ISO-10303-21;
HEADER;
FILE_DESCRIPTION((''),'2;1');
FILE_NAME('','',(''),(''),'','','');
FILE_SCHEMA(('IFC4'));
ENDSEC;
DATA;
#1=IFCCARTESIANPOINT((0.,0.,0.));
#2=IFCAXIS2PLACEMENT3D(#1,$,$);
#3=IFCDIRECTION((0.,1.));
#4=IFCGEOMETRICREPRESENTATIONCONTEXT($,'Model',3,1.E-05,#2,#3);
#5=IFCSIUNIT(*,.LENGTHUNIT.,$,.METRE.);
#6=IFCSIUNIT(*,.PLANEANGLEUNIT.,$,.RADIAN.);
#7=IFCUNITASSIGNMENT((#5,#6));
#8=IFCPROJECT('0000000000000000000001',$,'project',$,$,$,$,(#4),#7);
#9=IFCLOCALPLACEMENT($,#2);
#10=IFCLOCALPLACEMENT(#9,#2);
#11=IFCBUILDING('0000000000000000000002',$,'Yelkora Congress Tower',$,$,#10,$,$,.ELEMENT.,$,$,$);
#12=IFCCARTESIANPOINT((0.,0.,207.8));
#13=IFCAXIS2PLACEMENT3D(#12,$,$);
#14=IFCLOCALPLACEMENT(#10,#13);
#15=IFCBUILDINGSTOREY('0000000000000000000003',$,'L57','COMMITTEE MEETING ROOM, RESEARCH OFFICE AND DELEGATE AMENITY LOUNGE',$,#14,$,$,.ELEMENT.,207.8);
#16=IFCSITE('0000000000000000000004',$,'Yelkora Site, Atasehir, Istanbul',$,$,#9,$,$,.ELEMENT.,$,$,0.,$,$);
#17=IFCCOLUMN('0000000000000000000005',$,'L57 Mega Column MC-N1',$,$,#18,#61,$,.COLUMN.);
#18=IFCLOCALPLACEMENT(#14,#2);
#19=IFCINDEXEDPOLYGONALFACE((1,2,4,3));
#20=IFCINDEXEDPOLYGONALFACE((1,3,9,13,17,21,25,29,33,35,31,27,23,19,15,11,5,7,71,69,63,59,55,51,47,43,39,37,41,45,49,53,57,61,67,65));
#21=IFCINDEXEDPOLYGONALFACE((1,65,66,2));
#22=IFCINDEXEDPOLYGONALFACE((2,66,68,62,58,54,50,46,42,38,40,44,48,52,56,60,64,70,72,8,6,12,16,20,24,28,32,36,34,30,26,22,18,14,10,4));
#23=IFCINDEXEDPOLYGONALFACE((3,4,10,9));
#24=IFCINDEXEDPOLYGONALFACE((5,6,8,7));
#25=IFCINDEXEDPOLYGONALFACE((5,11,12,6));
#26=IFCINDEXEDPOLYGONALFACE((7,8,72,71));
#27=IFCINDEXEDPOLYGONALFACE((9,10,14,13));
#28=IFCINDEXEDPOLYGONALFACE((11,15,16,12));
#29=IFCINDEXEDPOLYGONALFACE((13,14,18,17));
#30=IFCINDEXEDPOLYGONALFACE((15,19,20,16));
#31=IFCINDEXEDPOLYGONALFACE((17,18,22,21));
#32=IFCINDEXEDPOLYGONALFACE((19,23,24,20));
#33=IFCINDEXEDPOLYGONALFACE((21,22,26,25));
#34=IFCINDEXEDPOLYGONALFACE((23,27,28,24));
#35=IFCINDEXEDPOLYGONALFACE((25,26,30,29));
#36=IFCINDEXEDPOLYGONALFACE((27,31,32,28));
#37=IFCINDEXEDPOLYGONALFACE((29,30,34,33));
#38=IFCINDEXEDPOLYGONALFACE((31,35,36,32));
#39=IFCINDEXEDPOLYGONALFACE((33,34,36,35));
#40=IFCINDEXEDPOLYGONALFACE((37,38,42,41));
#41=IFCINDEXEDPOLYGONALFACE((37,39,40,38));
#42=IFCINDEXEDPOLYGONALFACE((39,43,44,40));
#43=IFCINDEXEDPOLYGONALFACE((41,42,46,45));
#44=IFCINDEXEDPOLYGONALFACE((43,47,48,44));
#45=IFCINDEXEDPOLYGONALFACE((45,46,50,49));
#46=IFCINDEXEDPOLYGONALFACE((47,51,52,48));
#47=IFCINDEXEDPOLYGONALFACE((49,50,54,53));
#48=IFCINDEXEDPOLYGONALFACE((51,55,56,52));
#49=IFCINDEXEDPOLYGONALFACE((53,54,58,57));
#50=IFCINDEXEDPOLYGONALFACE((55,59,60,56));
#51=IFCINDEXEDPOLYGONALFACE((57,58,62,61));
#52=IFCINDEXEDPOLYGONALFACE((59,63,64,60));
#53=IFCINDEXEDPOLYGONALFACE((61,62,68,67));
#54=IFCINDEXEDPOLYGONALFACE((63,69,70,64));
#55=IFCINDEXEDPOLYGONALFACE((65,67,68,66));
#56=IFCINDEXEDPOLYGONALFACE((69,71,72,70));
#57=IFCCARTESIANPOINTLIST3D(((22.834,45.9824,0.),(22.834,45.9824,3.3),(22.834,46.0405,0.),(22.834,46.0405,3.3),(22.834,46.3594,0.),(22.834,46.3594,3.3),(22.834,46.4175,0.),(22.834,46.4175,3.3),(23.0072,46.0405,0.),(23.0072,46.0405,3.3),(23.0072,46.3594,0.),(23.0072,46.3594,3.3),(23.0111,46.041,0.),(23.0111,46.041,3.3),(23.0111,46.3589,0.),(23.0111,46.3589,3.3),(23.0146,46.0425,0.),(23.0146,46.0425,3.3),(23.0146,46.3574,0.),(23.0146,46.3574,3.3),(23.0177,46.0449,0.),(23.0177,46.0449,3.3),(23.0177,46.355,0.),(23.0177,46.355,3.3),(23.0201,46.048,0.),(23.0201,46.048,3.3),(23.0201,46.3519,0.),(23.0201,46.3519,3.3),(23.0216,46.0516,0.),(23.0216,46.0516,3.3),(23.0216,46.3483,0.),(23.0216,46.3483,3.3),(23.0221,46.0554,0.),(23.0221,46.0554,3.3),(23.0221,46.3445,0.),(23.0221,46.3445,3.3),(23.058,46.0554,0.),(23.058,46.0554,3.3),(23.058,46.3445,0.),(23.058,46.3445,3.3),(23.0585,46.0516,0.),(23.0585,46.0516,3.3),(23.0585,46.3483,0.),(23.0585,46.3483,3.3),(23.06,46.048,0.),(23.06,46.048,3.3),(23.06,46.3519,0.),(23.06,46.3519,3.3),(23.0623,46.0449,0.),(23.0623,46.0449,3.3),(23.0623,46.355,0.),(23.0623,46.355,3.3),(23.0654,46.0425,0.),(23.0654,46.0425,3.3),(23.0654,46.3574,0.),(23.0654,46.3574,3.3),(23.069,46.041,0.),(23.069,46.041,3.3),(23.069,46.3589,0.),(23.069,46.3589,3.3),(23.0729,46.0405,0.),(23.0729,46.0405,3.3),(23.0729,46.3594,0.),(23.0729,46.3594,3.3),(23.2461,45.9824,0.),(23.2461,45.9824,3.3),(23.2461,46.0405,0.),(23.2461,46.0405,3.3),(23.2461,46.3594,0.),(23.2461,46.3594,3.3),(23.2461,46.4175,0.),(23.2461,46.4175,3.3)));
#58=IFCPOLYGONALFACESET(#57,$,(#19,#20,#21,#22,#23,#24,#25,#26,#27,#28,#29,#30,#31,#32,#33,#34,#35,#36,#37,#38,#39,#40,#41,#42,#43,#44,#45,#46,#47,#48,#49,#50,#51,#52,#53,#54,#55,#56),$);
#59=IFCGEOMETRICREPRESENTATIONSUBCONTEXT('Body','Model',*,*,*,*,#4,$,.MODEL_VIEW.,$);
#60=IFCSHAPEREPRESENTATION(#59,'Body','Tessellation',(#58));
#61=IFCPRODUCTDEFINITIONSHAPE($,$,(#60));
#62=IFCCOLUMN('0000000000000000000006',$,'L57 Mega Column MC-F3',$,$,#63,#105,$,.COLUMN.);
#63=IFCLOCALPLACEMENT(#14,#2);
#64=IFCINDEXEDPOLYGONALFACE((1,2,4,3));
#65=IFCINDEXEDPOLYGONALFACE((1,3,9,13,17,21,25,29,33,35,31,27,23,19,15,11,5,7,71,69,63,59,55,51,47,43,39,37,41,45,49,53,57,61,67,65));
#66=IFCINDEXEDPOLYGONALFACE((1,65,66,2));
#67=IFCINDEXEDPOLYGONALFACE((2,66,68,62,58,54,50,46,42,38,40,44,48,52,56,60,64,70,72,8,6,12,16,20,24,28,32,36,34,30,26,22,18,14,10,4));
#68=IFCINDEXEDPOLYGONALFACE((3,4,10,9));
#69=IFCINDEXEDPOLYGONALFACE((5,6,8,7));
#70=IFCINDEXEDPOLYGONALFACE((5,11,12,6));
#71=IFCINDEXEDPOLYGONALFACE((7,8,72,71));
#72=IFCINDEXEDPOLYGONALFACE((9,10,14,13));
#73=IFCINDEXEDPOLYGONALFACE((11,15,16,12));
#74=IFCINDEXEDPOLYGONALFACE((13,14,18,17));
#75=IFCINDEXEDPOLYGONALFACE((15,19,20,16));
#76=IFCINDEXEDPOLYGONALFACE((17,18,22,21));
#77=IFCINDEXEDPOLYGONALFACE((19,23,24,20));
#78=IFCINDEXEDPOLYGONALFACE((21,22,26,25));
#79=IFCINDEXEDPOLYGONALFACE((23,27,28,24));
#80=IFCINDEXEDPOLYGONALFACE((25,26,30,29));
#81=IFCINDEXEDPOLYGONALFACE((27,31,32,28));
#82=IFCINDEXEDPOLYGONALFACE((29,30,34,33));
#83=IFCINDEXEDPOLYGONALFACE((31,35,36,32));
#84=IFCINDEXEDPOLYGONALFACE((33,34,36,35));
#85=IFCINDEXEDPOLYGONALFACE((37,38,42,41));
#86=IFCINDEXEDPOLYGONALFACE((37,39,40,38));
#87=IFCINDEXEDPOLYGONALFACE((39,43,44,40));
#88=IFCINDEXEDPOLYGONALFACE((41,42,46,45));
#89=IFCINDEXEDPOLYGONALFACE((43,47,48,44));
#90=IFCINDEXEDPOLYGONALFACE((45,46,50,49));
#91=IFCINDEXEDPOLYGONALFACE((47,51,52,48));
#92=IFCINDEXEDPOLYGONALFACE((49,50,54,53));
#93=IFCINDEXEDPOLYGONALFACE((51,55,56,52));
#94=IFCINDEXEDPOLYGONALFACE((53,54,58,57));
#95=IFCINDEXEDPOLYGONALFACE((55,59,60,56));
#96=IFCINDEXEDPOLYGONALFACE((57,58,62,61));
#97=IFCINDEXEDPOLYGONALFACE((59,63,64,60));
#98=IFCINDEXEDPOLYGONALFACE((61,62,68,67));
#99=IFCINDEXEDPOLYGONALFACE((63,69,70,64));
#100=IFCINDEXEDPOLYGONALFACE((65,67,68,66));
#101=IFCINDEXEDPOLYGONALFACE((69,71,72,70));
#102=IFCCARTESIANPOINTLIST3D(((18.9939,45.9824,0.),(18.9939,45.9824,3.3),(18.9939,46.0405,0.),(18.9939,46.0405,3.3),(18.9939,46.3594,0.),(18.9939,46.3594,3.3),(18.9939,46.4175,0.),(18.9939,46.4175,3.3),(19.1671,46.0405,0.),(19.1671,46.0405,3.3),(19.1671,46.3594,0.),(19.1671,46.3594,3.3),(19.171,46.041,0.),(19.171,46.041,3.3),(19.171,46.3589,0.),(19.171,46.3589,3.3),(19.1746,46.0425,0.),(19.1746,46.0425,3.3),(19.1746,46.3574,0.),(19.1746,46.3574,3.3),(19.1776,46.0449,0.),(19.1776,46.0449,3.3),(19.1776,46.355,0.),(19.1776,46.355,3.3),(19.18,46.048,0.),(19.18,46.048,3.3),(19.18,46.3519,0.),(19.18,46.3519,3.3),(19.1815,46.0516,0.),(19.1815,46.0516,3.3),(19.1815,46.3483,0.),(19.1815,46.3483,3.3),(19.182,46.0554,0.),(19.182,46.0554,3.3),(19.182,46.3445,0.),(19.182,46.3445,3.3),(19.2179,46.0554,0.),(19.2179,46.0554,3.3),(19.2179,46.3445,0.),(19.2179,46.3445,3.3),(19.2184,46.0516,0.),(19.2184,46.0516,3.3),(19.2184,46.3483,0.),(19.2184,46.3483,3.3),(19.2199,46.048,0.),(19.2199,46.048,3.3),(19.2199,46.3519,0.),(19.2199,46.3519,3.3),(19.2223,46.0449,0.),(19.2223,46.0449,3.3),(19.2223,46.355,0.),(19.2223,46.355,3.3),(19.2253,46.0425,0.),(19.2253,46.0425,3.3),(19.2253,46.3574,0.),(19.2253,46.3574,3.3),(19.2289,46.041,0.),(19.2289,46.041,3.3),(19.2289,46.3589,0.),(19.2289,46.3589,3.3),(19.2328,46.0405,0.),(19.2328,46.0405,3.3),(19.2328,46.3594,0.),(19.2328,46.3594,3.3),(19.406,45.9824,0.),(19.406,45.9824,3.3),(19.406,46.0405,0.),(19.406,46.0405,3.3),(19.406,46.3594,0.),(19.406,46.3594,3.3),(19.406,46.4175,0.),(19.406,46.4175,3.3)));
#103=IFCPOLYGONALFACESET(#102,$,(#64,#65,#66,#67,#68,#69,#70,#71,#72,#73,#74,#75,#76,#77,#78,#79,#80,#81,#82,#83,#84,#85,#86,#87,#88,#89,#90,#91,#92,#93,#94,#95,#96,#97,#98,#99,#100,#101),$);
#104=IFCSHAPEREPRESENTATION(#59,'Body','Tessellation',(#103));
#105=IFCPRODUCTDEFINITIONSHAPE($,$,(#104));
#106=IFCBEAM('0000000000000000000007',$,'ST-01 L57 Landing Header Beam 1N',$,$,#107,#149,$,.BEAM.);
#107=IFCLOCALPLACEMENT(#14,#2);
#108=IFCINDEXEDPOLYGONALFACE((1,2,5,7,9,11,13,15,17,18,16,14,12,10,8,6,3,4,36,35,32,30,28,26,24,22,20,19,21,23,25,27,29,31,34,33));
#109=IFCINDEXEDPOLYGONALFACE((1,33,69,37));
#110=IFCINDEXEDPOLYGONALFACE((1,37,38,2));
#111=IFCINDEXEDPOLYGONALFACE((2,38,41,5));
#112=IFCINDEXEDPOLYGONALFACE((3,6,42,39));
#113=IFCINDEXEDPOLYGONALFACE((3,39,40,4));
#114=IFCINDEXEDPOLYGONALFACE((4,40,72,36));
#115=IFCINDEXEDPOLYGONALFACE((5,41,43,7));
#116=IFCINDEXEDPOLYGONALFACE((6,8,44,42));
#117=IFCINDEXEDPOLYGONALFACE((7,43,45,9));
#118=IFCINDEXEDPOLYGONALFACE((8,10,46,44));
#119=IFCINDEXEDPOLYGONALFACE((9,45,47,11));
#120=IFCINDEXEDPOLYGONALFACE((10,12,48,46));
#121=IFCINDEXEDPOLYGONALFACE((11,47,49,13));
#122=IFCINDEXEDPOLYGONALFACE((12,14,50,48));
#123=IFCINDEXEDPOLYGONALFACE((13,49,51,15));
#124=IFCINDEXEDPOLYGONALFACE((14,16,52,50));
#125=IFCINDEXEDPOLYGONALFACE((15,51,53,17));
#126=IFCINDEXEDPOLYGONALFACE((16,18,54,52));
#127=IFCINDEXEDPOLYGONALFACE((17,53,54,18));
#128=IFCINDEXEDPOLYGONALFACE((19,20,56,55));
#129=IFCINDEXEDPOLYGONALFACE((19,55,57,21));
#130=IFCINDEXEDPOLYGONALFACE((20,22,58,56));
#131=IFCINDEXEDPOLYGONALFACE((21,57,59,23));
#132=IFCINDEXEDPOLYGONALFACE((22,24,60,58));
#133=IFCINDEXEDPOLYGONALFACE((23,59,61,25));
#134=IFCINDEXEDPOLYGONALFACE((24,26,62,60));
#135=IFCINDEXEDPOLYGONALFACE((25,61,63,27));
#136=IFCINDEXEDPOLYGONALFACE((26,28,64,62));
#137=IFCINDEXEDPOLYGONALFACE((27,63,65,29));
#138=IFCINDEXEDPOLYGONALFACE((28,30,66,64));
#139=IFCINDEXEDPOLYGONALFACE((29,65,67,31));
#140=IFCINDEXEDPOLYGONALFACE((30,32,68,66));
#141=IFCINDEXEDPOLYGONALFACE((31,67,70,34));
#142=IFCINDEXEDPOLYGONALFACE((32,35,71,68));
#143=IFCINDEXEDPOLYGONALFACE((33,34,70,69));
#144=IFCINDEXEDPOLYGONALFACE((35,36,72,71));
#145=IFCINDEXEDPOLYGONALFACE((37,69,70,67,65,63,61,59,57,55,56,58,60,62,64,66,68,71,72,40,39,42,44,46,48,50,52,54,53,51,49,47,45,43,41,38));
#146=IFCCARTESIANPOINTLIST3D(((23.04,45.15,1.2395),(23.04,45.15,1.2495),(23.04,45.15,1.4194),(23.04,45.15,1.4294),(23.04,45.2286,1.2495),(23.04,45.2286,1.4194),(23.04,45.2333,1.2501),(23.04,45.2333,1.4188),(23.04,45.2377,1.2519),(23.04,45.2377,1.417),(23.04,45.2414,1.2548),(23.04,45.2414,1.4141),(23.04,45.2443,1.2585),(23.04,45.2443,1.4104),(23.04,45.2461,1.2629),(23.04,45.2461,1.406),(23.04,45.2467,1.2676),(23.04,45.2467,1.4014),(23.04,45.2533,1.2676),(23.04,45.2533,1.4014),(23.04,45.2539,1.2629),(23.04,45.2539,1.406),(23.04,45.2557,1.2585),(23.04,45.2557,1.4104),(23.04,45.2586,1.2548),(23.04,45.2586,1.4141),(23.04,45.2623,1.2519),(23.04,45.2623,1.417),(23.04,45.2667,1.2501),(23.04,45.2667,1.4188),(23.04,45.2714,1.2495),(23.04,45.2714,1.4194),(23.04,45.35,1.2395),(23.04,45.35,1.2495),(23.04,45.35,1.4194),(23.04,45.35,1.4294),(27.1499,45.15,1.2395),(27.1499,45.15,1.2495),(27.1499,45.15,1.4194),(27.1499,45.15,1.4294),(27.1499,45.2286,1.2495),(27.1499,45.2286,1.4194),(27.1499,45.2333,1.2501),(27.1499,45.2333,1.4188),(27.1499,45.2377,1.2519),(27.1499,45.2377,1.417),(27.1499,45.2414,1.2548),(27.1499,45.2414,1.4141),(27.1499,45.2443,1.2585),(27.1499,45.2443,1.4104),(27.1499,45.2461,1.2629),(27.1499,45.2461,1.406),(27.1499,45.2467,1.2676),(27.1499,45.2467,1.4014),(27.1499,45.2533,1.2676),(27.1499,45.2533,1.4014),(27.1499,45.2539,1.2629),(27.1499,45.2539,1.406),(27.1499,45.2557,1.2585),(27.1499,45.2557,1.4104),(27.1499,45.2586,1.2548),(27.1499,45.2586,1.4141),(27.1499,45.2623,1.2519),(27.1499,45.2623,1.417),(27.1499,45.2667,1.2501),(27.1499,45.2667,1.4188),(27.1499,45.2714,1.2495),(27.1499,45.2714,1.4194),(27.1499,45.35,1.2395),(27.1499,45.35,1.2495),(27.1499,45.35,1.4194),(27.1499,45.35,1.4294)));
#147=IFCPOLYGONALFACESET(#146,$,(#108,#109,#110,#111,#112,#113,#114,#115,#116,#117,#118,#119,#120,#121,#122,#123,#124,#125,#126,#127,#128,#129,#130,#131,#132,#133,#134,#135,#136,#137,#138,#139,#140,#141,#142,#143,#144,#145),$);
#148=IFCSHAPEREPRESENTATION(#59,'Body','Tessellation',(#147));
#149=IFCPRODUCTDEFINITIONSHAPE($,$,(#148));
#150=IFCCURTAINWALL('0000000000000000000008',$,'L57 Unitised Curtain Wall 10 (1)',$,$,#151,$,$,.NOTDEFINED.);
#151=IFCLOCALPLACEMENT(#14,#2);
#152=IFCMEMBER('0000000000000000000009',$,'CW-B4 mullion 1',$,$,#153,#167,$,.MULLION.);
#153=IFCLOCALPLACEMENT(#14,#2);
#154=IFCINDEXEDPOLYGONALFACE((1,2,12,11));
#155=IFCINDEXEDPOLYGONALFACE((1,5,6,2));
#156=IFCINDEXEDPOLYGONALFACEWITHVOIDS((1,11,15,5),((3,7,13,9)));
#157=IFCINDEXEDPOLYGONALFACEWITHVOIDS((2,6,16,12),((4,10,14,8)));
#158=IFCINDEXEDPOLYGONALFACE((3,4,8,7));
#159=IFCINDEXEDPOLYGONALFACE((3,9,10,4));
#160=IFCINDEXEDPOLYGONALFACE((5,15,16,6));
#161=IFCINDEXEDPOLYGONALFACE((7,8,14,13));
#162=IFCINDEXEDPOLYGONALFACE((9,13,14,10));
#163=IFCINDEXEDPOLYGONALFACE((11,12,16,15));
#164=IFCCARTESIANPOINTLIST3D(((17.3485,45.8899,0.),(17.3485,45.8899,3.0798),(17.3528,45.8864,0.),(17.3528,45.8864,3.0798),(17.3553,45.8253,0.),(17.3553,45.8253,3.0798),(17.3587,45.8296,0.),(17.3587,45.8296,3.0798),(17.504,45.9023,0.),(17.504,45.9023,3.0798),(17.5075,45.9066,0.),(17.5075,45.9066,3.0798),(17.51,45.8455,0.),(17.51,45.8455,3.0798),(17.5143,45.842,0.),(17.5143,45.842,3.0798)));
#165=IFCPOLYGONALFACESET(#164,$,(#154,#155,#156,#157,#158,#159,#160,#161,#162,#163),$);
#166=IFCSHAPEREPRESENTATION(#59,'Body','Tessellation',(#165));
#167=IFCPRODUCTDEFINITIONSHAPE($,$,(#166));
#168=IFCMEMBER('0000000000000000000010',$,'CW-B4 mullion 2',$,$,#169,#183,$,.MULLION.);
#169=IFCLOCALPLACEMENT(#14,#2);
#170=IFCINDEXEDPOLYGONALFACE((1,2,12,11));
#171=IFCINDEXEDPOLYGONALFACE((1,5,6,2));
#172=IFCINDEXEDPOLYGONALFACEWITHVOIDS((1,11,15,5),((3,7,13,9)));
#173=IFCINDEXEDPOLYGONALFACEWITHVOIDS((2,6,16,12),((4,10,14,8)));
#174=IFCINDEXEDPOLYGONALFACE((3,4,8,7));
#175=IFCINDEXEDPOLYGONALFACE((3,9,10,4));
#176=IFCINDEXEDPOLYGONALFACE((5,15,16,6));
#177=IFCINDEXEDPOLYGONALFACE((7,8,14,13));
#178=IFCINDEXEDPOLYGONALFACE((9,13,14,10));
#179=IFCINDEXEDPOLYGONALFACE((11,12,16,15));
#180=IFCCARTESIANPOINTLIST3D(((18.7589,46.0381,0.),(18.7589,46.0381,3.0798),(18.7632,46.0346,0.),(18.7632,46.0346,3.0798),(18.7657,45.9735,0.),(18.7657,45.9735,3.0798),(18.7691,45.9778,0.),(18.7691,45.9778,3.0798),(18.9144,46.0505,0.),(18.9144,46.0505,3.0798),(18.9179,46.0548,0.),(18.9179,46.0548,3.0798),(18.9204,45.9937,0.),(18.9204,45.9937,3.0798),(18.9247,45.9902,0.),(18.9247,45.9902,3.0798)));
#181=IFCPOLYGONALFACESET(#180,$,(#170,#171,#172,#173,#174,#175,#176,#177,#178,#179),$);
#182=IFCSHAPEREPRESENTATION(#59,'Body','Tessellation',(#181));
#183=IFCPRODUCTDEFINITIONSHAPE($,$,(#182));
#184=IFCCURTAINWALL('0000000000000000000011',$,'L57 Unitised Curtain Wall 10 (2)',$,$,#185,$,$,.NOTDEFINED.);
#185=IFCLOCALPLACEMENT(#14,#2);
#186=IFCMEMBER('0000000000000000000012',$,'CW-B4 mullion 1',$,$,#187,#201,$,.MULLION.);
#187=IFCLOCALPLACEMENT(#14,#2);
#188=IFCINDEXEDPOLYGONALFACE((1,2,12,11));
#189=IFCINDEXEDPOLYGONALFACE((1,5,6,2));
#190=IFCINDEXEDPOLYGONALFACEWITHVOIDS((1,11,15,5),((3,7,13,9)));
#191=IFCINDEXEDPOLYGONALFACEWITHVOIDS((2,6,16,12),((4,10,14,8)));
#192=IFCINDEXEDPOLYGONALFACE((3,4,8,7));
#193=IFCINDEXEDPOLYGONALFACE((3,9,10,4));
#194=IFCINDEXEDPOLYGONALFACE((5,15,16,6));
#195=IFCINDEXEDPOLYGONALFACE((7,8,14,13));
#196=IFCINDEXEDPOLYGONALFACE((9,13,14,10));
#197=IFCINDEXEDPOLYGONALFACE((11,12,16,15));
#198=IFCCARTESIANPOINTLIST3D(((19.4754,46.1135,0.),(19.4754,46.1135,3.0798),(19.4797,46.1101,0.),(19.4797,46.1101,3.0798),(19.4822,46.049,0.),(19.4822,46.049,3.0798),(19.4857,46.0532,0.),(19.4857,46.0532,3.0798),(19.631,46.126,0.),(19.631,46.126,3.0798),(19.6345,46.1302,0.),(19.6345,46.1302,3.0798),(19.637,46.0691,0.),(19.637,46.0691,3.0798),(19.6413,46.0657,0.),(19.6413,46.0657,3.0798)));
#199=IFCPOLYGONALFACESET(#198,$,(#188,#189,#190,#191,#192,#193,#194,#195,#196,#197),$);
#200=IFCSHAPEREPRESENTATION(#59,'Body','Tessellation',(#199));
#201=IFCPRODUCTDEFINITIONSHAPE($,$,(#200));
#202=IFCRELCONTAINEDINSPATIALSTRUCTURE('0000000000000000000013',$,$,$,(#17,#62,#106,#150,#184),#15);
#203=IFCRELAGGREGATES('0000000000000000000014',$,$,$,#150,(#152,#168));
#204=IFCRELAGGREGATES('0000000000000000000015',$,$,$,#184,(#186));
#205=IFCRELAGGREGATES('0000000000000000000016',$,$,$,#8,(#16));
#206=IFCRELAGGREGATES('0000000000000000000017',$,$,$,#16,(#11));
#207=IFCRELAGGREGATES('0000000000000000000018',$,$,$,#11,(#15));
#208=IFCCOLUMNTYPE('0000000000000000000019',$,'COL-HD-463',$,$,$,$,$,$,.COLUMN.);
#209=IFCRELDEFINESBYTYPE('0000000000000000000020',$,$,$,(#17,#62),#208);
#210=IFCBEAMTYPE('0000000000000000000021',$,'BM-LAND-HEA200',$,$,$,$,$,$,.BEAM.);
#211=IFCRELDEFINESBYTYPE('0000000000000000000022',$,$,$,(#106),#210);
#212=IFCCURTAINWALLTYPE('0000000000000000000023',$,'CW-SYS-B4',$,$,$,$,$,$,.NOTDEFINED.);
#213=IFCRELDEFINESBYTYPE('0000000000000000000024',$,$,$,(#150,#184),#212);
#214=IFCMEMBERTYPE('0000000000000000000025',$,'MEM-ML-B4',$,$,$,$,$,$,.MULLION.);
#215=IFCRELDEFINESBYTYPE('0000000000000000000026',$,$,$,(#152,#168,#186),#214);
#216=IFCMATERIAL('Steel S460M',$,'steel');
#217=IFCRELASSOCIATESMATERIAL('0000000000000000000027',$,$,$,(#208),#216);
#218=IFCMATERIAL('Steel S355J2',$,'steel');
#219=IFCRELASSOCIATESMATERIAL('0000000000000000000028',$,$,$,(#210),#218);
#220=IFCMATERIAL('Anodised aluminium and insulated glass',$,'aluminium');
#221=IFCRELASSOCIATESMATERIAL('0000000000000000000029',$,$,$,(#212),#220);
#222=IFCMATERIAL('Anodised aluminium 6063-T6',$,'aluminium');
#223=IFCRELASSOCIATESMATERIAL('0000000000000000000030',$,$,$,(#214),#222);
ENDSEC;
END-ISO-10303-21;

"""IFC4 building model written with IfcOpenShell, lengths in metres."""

from ifc_helpers import new_model, si_unit, direction, frame, origin, origin_2d, place, context, subcontext, project, spatial, hollow_rectangle, i_section, extrude, material, material_profile, profile_set, type_object, element, aggregate, save


model = new_model("IFC4")

# Units and contexts
model_context = context("Model", 3, precision=1e-05, world=origin(), true_north=direction((0.0, 1.0)))
body_context = subcontext(model_context, "Body", "Model", "MODEL_VIEW")
ifc_project = project(units=[si_unit("LENGTHUNIT", "METRE"), si_unit("PLANEANGLEUNIT", "RADIAN")], contexts=[model_context])

# Site, building, storey
site_placement = place(None, origin())
site = spatial("IfcSite", under=ifc_project, at=site_placement, Name="Yelkora Site, Atasehir, Istanbul", CompositionType="ELEMENT", RefElevation=0.0)
building_placement = place(site_placement, origin())
building = spatial("IfcBuilding", under=site, at=building_placement, Name="Yelkora Congress Tower", CompositionType="ELEMENT")
storey_placement = place(building_placement, frame((0.0, 0.0, 207.8)))
storey = spatial("IfcBuildingStorey", under=building, at=storey_placement, Name="L57", Description="COMMITTEE MEETING ROOM, RESEARCH OFFICE AND DELEGATE AMENITY LOUNGE", CompositionType="ELEMENT", Elevation=207.8)

# Columns
ifc_material_1 = material(Name="Steel S460M", Category="steel")
ifc_material_profile_1 = material_profile(ifc_material_1, i_section(OverallWidth=0.4121, OverallDepth=0.4351, WebThickness=0.0359, FlangeThickness=0.0581, FilletRadius=0.0149, at=origin_2d()), Name="HD 400x463")
ifc_profile_set_1 = profile_set([ifc_material_profile_1], Name="Steel S460M")
column_type = type_object("IfcColumnType", Name="COL-HD-463", PredefinedType="COLUMN", material=ifc_profile_set_1)
for number, where, z_axis, x_axis, name in (
    (1, (23.04, 46.2, 0.0), (0.0, 0.0, 1.0), (1.0, 0.0, 0.0), "L57 Mega Column MC-N1"),
    (2, (19.2, 46.2, 0.0), (0.0, 0.0, 1.0), (1.0, 0.0, 0.0), "L57 Mega Column MC-F3"),
):
    element("IfcColumn", number, at=place(storey_placement, frame(where, z_axis=z_axis, x_axis=x_axis)), inside=storey, type_object=column_type, Name=name, PredefinedType="COLUMN", context=body_context, shape_type="SweptSolid", body=[
        extrude(i_section(OverallWidth=0.4121, OverallDepth=0.4351, WebThickness=0.0359, FlangeThickness=0.0581, FilletRadius=0.0149, at=origin_2d()), origin(), (0.0, 0.0, 1.0), 3.3),
    ])

# Beam
ifc_material_2 = material(Name="Steel S355J2", Category="steel")
ifc_material_profile_2 = material_profile(ifc_material_2, i_section(OverallWidth=0.2, OverallDepth=0.1899, WebThickness=0.0066, FlangeThickness=0.01, FilletRadius=0.0181, at=origin_2d()), Name="HEA 200")
ifc_profile_set_2 = profile_set([ifc_material_profile_2], Name="Steel S355J2")
beam_type = type_object("IfcBeamType", Name="BM-LAND-HEA200", PredefinedType="BEAM", material=ifc_profile_set_2)
beam_placement = place(storey_placement, frame((23.04, 45.25, 1.3345), z_axis=(1.0, 0.0, 0.0), x_axis=(0.0, 1.0, 0.0)))
element("IfcBeam", 3, at=beam_placement, inside=storey, type_object=beam_type, Name="ST-01 L57 Landing Header Beam 1N", PredefinedType="BEAM", context=body_context, shape_type="SweptSolid", body=[
    extrude(i_section(OverallWidth=0.2, OverallDepth=0.1899, WebThickness=0.0066, FlangeThickness=0.01, FilletRadius=0.0181, at=origin_2d()), origin(), (0.0, 0.0, 1.0), 4.1099),
])

# Curtain walls, members
ifc_material_3 = material(Name="Anodised aluminium and insulated glass", Category="aluminium")
curtain_wall_type = type_object("IfcCurtainWallType", Name="CW-SYS-B4", PredefinedType="NOTDEFINED", material=ifc_material_3)
curtain_wall_1_placement = place(storey_placement, origin())
curtain_wall_1 = element("IfcCurtainWall", 4, at=curtain_wall_1_placement, inside=storey, type_object=curtain_wall_type, Name="L57 Unitised Curtain Wall 10 (1)", PredefinedType="NOTDEFINED")
ifc_material_4 = material(Name="Anodised aluminium 6063-T6", Category="aluminium")
ifc_material_profile_3 = material_profile(ifc_material_4, hollow_rectangle(XDim=0.0649, YDim=0.1599, WallThickness=0.0039, at=origin_2d()), Name="ALU 65x160x4")
ifc_profile_set_3 = profile_set([ifc_material_profile_3], Name="Anodised aluminium 6063-T6")
member_type_1 = type_object("IfcMemberType", Name="MEM-ML-B4", PredefinedType="MULLION", material=ifc_profile_set_3)
member_1_placement = place(storey_placement, frame((17.4314, 45.866, 0.0), z_axis=(0.0, 0.0, 1.0), x_axis=(-0.104509, 0.994524, 0.0)))
member_1 = element("IfcMember", 5, at=member_1_placement, type_object=member_type_1, Name="CW-B4 mullion 1", PredefinedType="MULLION", context=body_context, shape_type="SweptSolid", body=[
    extrude(hollow_rectangle(XDim=0.0649, YDim=0.1599, WallThickness=0.0039, at=origin_2d()), origin(), (0.0, 0.0, 1.0), 3.0798),
])
member_2_placement = place(storey_placement, frame((18.8418, 46.0142, 0.0), z_axis=(0.0, 0.0, 1.0), x_axis=(-0.104509, 0.994524, 0.0)))
member_2 = element("IfcMember", 6, at=member_2_placement, type_object=member_type_1, Name="CW-B4 mullion 2", PredefinedType="MULLION", context=body_context, shape_type="SweptSolid", body=[
    extrude(hollow_rectangle(XDim=0.0649, YDim=0.1599, WallThickness=0.0039, at=origin_2d()), origin(), (0.0, 0.0, 1.0), 3.0798),
])
curtain_wall_2_placement = place(storey_placement, origin())
curtain_wall_2 = element("IfcCurtainWall", 7, at=curtain_wall_2_placement, inside=storey, type_object=curtain_wall_type, Name="L57 Unitised Curtain Wall 10 (2)", PredefinedType="NOTDEFINED")
member_3_placement = place(storey_placement, frame((19.5583, 46.0896, 0.0), z_axis=(0.0, 0.0, 1.0), x_axis=(-0.104506, 0.994524, 0.0)))
member_3 = element("IfcMember", 8, at=member_3_placement, type_object=member_type_1, Name="CW-B4 mullion 1", PredefinedType="MULLION", context=body_context, shape_type="SweptSolid", body=[
    extrude(hollow_rectangle(XDim=0.0649, YDim=0.1599, WallThickness=0.0039, at=origin_2d()), origin(), (0.0, 0.0, 1.0), 3.0798),
])

aggregate(curtain_wall_1, [member_1, member_2])
aggregate(curtain_wall_2, [member_3])

save(model, "model.ifc")
